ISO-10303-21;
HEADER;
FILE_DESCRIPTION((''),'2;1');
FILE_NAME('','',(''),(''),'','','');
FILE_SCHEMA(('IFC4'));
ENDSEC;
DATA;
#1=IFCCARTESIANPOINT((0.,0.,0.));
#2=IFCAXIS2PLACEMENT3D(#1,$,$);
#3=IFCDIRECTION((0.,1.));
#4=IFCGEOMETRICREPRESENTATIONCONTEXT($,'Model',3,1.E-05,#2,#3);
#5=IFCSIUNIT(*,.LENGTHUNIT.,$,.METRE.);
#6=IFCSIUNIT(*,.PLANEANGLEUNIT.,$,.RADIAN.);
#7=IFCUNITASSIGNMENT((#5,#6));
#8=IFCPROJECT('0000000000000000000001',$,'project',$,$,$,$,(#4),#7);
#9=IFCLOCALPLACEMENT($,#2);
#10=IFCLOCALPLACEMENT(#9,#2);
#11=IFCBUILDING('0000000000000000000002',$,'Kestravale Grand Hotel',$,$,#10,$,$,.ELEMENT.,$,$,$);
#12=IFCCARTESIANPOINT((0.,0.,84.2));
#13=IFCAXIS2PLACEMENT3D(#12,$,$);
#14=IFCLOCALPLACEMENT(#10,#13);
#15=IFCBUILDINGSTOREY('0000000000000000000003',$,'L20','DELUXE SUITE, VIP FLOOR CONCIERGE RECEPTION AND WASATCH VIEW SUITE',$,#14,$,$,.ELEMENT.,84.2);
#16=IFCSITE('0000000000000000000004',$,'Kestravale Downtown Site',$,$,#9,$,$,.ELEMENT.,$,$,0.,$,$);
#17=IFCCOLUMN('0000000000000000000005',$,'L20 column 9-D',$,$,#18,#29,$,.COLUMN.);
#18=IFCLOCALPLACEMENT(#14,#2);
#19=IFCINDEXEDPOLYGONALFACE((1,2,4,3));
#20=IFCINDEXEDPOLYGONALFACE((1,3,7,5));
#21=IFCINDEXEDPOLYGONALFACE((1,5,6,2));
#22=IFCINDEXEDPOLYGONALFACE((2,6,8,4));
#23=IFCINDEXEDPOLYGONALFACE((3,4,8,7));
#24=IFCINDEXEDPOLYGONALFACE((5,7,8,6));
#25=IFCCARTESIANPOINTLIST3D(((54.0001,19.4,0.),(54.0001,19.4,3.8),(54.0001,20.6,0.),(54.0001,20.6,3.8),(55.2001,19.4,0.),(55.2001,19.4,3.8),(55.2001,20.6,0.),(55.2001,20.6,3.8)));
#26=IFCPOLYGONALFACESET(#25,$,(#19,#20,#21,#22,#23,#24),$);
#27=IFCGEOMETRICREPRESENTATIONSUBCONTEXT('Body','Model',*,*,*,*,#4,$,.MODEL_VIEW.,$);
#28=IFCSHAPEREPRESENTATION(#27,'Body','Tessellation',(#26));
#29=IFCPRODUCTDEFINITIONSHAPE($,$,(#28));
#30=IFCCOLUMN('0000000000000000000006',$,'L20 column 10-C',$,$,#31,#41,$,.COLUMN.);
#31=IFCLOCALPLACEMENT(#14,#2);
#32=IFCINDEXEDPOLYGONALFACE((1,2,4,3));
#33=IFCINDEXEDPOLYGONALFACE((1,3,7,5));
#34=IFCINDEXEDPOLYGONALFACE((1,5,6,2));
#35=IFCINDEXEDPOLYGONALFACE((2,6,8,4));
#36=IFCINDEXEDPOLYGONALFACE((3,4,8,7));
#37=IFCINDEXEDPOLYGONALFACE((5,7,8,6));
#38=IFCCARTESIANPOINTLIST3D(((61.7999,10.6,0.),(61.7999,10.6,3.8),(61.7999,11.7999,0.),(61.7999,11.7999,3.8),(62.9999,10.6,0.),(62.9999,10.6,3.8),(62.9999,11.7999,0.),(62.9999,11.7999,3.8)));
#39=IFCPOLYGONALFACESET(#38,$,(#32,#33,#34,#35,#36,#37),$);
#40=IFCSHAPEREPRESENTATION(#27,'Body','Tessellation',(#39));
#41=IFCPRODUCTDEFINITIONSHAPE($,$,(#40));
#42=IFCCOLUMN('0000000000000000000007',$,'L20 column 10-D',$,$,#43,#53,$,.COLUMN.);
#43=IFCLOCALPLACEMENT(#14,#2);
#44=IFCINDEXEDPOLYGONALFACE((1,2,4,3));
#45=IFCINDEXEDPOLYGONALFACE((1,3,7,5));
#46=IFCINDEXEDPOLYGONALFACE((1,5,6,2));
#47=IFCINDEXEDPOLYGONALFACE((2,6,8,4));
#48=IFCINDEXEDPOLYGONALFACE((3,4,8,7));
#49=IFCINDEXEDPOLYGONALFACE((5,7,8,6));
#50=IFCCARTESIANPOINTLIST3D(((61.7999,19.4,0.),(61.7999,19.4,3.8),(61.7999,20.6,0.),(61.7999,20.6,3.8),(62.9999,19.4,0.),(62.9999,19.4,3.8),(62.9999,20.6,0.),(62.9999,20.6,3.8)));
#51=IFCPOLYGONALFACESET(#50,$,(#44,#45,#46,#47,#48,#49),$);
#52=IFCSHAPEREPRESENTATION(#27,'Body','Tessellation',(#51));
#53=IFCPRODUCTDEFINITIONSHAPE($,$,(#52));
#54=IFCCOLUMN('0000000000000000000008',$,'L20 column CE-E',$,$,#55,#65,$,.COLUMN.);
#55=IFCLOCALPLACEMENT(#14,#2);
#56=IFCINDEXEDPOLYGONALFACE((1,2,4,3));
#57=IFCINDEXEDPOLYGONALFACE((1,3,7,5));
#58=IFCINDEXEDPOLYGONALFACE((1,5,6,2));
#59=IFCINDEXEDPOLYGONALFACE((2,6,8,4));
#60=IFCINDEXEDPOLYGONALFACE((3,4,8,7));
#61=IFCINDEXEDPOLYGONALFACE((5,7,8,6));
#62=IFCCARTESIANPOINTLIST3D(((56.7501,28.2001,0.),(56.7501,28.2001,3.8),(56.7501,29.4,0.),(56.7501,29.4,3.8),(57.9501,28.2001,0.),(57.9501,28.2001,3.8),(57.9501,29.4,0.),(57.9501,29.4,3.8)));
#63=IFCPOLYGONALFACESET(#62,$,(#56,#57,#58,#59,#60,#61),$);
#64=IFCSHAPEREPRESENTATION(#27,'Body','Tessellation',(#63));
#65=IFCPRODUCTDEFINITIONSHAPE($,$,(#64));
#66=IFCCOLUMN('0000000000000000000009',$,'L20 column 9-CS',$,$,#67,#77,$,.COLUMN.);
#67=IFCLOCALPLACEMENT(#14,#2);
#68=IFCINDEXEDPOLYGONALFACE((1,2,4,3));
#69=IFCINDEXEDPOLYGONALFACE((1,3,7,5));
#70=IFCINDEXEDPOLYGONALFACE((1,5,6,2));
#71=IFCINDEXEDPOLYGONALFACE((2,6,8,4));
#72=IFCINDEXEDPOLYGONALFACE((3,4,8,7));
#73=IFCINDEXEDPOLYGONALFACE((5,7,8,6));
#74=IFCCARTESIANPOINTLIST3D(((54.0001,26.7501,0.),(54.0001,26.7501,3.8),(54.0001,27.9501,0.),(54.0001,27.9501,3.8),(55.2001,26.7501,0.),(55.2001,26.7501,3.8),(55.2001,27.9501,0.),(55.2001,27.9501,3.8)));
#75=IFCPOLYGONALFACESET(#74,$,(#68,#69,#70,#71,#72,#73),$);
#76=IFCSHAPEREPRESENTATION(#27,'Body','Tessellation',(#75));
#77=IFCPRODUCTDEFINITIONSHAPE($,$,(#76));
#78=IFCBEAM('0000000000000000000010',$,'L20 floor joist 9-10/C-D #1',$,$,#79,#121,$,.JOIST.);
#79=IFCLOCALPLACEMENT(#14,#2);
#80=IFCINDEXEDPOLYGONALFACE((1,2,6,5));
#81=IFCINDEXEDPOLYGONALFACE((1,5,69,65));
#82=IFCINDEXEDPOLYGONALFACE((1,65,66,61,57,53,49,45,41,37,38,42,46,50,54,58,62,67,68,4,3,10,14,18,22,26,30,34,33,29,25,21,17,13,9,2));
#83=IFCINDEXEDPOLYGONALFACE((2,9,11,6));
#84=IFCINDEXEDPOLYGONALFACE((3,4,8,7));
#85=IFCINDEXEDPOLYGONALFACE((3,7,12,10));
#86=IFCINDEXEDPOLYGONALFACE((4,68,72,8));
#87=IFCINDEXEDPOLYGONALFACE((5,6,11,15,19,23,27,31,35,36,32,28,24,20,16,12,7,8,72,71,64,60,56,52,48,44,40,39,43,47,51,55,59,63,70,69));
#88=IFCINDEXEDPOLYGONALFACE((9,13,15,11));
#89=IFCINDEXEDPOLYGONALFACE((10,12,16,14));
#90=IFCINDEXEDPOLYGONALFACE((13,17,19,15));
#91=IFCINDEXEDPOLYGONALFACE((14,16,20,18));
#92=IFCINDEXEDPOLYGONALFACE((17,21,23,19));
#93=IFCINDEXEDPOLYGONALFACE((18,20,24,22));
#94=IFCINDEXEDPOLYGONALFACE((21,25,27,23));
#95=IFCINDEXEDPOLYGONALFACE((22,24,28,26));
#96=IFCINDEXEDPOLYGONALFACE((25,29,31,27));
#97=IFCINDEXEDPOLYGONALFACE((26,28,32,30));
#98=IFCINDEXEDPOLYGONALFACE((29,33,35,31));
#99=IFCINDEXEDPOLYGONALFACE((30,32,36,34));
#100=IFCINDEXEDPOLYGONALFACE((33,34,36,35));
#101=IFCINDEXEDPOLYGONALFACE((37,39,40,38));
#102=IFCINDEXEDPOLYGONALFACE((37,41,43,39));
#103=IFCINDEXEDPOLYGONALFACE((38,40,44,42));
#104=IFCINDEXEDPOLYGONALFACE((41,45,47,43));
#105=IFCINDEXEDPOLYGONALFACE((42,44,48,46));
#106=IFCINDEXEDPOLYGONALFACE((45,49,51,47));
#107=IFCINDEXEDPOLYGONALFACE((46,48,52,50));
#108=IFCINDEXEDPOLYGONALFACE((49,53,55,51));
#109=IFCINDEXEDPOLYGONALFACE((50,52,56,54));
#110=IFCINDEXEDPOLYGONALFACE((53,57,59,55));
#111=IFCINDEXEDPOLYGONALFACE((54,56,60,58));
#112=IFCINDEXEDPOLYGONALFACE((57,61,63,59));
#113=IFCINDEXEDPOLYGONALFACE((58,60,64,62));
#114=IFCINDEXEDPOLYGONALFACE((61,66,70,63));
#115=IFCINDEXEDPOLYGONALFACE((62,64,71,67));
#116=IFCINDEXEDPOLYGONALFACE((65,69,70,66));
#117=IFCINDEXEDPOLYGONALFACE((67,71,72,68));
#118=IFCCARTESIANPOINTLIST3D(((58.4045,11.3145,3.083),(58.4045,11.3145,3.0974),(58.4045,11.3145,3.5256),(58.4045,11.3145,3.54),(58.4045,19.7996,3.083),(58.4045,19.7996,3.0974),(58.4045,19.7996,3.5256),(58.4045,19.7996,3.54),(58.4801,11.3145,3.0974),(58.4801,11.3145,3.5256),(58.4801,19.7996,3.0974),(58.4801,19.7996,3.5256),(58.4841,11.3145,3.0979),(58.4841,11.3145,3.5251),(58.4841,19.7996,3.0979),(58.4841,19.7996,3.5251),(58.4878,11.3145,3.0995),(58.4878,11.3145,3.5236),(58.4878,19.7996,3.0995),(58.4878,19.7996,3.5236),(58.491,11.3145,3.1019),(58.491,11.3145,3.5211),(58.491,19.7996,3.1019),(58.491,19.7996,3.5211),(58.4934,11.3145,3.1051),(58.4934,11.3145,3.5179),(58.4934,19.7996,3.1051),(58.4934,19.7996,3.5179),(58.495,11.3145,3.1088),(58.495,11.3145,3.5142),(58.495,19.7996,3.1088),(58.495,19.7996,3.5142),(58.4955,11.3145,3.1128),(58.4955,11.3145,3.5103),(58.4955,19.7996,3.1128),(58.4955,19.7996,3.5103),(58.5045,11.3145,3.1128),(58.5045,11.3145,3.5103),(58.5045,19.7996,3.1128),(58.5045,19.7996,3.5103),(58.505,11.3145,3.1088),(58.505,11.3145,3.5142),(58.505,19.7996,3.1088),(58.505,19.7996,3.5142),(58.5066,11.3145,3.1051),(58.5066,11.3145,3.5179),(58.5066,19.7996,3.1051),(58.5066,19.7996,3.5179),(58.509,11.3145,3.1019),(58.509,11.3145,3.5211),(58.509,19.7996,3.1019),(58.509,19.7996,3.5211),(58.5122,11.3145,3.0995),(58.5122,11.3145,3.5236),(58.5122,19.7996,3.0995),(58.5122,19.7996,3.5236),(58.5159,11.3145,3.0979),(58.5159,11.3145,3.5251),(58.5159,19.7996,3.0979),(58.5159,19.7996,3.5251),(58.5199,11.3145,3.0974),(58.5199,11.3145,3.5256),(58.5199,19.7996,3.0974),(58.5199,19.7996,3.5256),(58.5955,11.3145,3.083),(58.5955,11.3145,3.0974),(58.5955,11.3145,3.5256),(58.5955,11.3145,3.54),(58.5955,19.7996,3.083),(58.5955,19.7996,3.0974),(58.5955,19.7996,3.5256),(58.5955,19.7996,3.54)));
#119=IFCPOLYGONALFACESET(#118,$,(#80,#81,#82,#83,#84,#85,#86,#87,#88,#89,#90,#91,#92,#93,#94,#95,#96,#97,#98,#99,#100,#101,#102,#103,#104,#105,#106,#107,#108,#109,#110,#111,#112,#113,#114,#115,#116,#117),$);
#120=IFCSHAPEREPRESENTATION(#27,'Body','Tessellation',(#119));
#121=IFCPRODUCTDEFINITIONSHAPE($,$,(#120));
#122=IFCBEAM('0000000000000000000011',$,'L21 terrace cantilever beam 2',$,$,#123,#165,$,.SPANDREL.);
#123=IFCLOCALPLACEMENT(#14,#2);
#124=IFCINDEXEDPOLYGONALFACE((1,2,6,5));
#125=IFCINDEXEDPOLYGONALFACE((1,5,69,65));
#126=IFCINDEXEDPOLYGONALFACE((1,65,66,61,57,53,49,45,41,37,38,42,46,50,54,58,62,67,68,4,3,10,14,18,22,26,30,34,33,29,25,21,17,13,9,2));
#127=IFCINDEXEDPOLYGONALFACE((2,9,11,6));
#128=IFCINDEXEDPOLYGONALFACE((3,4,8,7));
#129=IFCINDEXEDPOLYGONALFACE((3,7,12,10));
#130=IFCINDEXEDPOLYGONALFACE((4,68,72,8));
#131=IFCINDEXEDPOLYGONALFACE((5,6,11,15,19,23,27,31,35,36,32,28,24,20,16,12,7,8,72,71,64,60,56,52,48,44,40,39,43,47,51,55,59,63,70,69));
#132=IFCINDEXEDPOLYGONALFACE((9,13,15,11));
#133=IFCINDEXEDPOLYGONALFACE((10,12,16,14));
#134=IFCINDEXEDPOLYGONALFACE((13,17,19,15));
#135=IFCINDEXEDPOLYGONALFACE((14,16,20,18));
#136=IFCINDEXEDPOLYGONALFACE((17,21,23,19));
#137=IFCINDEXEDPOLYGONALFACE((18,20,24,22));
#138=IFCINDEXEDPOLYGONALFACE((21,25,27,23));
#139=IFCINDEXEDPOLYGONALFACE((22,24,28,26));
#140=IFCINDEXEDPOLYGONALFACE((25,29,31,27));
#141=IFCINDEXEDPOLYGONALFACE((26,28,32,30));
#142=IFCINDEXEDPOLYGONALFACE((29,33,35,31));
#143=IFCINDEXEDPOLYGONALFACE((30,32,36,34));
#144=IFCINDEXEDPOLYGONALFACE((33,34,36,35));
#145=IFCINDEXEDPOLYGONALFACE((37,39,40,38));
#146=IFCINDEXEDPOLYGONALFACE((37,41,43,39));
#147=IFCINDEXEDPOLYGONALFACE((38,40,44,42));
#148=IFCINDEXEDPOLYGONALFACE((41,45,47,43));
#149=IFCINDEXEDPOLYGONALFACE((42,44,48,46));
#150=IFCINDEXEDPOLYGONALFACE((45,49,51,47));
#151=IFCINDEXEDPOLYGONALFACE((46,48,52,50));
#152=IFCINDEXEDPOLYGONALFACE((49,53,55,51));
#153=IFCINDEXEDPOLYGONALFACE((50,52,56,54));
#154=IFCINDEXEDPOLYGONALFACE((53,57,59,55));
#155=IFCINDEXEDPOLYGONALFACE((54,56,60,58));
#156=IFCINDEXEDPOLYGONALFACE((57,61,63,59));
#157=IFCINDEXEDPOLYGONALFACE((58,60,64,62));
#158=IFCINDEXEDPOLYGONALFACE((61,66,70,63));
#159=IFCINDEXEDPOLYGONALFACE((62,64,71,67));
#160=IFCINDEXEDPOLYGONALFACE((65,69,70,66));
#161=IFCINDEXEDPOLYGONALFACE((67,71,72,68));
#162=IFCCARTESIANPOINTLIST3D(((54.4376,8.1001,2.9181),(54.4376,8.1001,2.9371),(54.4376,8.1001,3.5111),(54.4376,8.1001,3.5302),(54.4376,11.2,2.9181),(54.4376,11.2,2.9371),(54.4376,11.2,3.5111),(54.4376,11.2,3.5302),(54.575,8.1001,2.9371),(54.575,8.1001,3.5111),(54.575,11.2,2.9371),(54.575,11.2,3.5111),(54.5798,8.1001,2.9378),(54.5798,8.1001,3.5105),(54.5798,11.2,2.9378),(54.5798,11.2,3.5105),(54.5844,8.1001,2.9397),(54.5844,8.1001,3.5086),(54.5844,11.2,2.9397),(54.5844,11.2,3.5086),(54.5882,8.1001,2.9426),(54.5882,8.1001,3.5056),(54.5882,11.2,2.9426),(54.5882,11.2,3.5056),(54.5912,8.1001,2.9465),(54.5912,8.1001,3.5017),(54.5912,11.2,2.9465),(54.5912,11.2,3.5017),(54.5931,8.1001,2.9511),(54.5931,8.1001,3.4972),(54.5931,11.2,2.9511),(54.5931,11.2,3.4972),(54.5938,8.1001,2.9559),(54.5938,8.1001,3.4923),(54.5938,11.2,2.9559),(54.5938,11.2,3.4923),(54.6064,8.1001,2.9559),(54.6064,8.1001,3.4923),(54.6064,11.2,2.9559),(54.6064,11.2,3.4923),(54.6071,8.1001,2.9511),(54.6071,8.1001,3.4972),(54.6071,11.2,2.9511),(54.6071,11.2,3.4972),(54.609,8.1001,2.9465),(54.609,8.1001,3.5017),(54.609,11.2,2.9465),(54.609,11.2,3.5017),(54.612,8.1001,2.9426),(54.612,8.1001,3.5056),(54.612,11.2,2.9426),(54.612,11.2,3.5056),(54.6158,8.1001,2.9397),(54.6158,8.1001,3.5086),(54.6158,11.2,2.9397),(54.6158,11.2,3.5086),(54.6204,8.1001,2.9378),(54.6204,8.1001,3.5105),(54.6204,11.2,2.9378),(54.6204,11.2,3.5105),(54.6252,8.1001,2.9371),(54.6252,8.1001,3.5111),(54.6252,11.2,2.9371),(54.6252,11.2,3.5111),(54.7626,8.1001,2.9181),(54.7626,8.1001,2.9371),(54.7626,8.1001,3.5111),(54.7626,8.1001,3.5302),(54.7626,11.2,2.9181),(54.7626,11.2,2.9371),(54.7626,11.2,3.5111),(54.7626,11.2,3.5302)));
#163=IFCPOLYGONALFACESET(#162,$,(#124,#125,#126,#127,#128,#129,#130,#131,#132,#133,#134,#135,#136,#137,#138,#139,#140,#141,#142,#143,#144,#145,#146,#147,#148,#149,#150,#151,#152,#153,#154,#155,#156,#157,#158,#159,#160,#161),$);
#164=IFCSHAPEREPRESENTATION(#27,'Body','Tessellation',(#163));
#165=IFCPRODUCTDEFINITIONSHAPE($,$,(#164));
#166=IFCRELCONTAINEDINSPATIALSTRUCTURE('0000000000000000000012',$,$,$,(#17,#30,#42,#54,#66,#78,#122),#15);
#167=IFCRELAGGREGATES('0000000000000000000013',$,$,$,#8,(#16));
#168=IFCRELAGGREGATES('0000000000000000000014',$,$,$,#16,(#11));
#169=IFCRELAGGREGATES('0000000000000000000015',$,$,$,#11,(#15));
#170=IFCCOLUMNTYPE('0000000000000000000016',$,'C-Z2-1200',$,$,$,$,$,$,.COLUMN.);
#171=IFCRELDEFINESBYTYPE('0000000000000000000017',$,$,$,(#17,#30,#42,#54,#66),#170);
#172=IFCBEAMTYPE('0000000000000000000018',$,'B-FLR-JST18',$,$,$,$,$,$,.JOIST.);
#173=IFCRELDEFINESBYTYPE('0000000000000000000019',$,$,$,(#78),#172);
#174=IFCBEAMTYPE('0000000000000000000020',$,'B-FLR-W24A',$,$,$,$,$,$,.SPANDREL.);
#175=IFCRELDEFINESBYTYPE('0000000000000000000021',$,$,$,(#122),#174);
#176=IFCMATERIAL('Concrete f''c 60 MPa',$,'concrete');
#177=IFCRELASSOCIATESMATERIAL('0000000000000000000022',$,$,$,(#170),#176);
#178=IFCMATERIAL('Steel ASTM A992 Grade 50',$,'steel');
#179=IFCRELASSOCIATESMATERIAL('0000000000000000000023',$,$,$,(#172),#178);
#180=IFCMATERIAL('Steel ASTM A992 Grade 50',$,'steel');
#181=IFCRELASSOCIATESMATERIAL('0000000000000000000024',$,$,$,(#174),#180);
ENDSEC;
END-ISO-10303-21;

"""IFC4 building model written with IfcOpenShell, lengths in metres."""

from ifc_helpers import new_model, si_unit, direction, frame, origin, origin_2d, place, context, subcontext, project, spatial, rectangle, i_section, extrude, material, material_profile, profile_set, type_object, element, save


model = new_model("IFC4")

# Units and contexts
model_context = context("Model", 3, precision=1e-05, world=origin(), true_north=direction((0.0, 1.0)))
body_context = subcontext(model_context, "Body", "Model", "MODEL_VIEW")
ifc_project = project(units=[si_unit("LENGTHUNIT", "METRE"), si_unit("PLANEANGLEUNIT", "RADIAN")], contexts=[model_context])

# Site, building, storey
site_placement = place(None, origin())
site = spatial("IfcSite", under=ifc_project, at=site_placement, Name="Kestravale Downtown Site", CompositionType="ELEMENT", RefElevation=0.0)
building_placement = place(site_placement, origin())
building = spatial("IfcBuilding", under=site, at=building_placement, Name="Kestravale Grand Hotel", CompositionType="ELEMENT")
storey_placement = place(building_placement, frame((0.0, 0.0, 84.2)))
storey = spatial("IfcBuildingStorey", under=building, at=storey_placement, Name="L20", Description="DELUXE SUITE, VIP FLOOR CONCIERGE RECEPTION AND WASATCH VIEW SUITE", CompositionType="ELEMENT", Elevation=84.2)

# Columns
ifc_material_1 = material(Name="Concrete f'c 60 MPa", Category="concrete")
ifc_material_profile_1 = material_profile(ifc_material_1, rectangle(XDim=1.2, YDim=1.2, at=origin_2d()))
ifc_profile_set_1 = profile_set([ifc_material_profile_1], Name="Concrete f'c 60 MPa")
column_type = type_object("IfcColumnType", Name="C-Z2-1200", PredefinedType="COLUMN", material=ifc_profile_set_1)
for number, where, z_axis, x_axis, name in (
    (1, (54.6001, 20.0, 0.0), (0.0, 0.0, 1.0), (1.0, 0.0, 0.0), "L20 column 9-D"),
    (2, (62.3999, 11.2, 0.0), (0.0, 0.0, 1.0), (1.0, 0.0, 0.0), "L20 column 10-C"),
    (3, (62.3999, 20.0, 0.0), (0.0, 0.0, 1.0), (1.0, 0.0, 0.0), "L20 column 10-D"),
    (4, (57.3501, 28.8, 0.0), (0.0, 0.0, 1.0), (1.0, 0.0, 0.0), "L20 column CE-E"),
    (5, (54.6001, 27.3501, 0.0), (0.0, 0.0, 1.0), (1.0, 0.0, 0.0), "L20 column 9-CS"),
):
    element("IfcColumn", number, at=place(storey_placement, frame(where, z_axis=z_axis, x_axis=x_axis)), inside=storey, type_object=column_type, Name=name, PredefinedType="COLUMN", context=body_context, shape_type="SweptSolid", body=[
        extrude(rectangle(XDim=1.2, YDim=1.2, at=origin_2d()), origin(), (0.0, 0.0, 1.0), 3.8),
    ])

# Beams
ifc_material_2 = material(Name="Steel ASTM A992 Grade 50", Category="steel")
ifc_material_profile_2 = material_profile(ifc_material_2, i_section(OverallWidth=0.1909, OverallDepth=0.457, WebThickness=0.009, FlangeThickness=0.0144, FilletRadius=0.0154, at=origin_2d()))
ifc_profile_set_2 = profile_set([ifc_material_profile_2], Name="Steel ASTM A992 Grade 50")
beam_type_1 = type_object("IfcBeamType", Name="B-FLR-JST18", PredefinedType="JOIST", material=ifc_profile_set_2)
beam_1_placement = place(storey_placement, frame((58.5, 11.3145, 3.3115), z_axis=(0.0, 1.0, 0.0), x_axis=(-1.0, 0.0, 0.0)))
element("IfcBeam", 6, at=beam_1_placement, inside=storey, type_object=beam_type_1, Name="L20 floor joist 9-10/C-D #1", PredefinedType="JOIST", context=body_context, shape_type="SweptSolid", body=[
    extrude(i_section(OverallWidth=0.1909, OverallDepth=0.457, WebThickness=0.009, FlangeThickness=0.0144, FilletRadius=0.0154, at=origin_2d()), origin(), (0.0, 0.0, 1.0), 8.4851),
])
ifc_material_3 = material(Name="Steel ASTM A992 Grade 50", Category="steel")
ifc_material_profile_3 = material_profile(ifc_material_3, i_section(OverallWidth=0.325, OverallDepth=0.6121, WebThickness=0.0127, FlangeThickness=0.019, FilletRadius=0.0188, at=origin_2d()))
ifc_profile_set_3 = profile_set([ifc_material_profile_3], Name="Steel ASTM A992 Grade 50")
beam_type_2 = type_object("IfcBeamType", Name="B-FLR-W24A", PredefinedType="SPANDREL", material=ifc_profile_set_3)
beam_2_placement = place(storey_placement, frame((54.6001, 11.2, 3.2241), z_axis=(0.0, -1.0, 0.0), x_axis=(1.0, 0.0, 0.0)))
element("IfcBeam", 7, at=beam_2_placement, inside=storey, type_object=beam_type_2, Name="L21 terrace cantilever beam 2", PredefinedType="SPANDREL", context=body_context, shape_type="SweptSolid", body=[
    extrude(i_section(OverallWidth=0.325, OverallDepth=0.6121, WebThickness=0.0127, FlangeThickness=0.019, FilletRadius=0.0188, at=origin_2d()), origin(), (0.0, 0.0, 1.0), 3.0999),
])

save(model, "model.ifc")
